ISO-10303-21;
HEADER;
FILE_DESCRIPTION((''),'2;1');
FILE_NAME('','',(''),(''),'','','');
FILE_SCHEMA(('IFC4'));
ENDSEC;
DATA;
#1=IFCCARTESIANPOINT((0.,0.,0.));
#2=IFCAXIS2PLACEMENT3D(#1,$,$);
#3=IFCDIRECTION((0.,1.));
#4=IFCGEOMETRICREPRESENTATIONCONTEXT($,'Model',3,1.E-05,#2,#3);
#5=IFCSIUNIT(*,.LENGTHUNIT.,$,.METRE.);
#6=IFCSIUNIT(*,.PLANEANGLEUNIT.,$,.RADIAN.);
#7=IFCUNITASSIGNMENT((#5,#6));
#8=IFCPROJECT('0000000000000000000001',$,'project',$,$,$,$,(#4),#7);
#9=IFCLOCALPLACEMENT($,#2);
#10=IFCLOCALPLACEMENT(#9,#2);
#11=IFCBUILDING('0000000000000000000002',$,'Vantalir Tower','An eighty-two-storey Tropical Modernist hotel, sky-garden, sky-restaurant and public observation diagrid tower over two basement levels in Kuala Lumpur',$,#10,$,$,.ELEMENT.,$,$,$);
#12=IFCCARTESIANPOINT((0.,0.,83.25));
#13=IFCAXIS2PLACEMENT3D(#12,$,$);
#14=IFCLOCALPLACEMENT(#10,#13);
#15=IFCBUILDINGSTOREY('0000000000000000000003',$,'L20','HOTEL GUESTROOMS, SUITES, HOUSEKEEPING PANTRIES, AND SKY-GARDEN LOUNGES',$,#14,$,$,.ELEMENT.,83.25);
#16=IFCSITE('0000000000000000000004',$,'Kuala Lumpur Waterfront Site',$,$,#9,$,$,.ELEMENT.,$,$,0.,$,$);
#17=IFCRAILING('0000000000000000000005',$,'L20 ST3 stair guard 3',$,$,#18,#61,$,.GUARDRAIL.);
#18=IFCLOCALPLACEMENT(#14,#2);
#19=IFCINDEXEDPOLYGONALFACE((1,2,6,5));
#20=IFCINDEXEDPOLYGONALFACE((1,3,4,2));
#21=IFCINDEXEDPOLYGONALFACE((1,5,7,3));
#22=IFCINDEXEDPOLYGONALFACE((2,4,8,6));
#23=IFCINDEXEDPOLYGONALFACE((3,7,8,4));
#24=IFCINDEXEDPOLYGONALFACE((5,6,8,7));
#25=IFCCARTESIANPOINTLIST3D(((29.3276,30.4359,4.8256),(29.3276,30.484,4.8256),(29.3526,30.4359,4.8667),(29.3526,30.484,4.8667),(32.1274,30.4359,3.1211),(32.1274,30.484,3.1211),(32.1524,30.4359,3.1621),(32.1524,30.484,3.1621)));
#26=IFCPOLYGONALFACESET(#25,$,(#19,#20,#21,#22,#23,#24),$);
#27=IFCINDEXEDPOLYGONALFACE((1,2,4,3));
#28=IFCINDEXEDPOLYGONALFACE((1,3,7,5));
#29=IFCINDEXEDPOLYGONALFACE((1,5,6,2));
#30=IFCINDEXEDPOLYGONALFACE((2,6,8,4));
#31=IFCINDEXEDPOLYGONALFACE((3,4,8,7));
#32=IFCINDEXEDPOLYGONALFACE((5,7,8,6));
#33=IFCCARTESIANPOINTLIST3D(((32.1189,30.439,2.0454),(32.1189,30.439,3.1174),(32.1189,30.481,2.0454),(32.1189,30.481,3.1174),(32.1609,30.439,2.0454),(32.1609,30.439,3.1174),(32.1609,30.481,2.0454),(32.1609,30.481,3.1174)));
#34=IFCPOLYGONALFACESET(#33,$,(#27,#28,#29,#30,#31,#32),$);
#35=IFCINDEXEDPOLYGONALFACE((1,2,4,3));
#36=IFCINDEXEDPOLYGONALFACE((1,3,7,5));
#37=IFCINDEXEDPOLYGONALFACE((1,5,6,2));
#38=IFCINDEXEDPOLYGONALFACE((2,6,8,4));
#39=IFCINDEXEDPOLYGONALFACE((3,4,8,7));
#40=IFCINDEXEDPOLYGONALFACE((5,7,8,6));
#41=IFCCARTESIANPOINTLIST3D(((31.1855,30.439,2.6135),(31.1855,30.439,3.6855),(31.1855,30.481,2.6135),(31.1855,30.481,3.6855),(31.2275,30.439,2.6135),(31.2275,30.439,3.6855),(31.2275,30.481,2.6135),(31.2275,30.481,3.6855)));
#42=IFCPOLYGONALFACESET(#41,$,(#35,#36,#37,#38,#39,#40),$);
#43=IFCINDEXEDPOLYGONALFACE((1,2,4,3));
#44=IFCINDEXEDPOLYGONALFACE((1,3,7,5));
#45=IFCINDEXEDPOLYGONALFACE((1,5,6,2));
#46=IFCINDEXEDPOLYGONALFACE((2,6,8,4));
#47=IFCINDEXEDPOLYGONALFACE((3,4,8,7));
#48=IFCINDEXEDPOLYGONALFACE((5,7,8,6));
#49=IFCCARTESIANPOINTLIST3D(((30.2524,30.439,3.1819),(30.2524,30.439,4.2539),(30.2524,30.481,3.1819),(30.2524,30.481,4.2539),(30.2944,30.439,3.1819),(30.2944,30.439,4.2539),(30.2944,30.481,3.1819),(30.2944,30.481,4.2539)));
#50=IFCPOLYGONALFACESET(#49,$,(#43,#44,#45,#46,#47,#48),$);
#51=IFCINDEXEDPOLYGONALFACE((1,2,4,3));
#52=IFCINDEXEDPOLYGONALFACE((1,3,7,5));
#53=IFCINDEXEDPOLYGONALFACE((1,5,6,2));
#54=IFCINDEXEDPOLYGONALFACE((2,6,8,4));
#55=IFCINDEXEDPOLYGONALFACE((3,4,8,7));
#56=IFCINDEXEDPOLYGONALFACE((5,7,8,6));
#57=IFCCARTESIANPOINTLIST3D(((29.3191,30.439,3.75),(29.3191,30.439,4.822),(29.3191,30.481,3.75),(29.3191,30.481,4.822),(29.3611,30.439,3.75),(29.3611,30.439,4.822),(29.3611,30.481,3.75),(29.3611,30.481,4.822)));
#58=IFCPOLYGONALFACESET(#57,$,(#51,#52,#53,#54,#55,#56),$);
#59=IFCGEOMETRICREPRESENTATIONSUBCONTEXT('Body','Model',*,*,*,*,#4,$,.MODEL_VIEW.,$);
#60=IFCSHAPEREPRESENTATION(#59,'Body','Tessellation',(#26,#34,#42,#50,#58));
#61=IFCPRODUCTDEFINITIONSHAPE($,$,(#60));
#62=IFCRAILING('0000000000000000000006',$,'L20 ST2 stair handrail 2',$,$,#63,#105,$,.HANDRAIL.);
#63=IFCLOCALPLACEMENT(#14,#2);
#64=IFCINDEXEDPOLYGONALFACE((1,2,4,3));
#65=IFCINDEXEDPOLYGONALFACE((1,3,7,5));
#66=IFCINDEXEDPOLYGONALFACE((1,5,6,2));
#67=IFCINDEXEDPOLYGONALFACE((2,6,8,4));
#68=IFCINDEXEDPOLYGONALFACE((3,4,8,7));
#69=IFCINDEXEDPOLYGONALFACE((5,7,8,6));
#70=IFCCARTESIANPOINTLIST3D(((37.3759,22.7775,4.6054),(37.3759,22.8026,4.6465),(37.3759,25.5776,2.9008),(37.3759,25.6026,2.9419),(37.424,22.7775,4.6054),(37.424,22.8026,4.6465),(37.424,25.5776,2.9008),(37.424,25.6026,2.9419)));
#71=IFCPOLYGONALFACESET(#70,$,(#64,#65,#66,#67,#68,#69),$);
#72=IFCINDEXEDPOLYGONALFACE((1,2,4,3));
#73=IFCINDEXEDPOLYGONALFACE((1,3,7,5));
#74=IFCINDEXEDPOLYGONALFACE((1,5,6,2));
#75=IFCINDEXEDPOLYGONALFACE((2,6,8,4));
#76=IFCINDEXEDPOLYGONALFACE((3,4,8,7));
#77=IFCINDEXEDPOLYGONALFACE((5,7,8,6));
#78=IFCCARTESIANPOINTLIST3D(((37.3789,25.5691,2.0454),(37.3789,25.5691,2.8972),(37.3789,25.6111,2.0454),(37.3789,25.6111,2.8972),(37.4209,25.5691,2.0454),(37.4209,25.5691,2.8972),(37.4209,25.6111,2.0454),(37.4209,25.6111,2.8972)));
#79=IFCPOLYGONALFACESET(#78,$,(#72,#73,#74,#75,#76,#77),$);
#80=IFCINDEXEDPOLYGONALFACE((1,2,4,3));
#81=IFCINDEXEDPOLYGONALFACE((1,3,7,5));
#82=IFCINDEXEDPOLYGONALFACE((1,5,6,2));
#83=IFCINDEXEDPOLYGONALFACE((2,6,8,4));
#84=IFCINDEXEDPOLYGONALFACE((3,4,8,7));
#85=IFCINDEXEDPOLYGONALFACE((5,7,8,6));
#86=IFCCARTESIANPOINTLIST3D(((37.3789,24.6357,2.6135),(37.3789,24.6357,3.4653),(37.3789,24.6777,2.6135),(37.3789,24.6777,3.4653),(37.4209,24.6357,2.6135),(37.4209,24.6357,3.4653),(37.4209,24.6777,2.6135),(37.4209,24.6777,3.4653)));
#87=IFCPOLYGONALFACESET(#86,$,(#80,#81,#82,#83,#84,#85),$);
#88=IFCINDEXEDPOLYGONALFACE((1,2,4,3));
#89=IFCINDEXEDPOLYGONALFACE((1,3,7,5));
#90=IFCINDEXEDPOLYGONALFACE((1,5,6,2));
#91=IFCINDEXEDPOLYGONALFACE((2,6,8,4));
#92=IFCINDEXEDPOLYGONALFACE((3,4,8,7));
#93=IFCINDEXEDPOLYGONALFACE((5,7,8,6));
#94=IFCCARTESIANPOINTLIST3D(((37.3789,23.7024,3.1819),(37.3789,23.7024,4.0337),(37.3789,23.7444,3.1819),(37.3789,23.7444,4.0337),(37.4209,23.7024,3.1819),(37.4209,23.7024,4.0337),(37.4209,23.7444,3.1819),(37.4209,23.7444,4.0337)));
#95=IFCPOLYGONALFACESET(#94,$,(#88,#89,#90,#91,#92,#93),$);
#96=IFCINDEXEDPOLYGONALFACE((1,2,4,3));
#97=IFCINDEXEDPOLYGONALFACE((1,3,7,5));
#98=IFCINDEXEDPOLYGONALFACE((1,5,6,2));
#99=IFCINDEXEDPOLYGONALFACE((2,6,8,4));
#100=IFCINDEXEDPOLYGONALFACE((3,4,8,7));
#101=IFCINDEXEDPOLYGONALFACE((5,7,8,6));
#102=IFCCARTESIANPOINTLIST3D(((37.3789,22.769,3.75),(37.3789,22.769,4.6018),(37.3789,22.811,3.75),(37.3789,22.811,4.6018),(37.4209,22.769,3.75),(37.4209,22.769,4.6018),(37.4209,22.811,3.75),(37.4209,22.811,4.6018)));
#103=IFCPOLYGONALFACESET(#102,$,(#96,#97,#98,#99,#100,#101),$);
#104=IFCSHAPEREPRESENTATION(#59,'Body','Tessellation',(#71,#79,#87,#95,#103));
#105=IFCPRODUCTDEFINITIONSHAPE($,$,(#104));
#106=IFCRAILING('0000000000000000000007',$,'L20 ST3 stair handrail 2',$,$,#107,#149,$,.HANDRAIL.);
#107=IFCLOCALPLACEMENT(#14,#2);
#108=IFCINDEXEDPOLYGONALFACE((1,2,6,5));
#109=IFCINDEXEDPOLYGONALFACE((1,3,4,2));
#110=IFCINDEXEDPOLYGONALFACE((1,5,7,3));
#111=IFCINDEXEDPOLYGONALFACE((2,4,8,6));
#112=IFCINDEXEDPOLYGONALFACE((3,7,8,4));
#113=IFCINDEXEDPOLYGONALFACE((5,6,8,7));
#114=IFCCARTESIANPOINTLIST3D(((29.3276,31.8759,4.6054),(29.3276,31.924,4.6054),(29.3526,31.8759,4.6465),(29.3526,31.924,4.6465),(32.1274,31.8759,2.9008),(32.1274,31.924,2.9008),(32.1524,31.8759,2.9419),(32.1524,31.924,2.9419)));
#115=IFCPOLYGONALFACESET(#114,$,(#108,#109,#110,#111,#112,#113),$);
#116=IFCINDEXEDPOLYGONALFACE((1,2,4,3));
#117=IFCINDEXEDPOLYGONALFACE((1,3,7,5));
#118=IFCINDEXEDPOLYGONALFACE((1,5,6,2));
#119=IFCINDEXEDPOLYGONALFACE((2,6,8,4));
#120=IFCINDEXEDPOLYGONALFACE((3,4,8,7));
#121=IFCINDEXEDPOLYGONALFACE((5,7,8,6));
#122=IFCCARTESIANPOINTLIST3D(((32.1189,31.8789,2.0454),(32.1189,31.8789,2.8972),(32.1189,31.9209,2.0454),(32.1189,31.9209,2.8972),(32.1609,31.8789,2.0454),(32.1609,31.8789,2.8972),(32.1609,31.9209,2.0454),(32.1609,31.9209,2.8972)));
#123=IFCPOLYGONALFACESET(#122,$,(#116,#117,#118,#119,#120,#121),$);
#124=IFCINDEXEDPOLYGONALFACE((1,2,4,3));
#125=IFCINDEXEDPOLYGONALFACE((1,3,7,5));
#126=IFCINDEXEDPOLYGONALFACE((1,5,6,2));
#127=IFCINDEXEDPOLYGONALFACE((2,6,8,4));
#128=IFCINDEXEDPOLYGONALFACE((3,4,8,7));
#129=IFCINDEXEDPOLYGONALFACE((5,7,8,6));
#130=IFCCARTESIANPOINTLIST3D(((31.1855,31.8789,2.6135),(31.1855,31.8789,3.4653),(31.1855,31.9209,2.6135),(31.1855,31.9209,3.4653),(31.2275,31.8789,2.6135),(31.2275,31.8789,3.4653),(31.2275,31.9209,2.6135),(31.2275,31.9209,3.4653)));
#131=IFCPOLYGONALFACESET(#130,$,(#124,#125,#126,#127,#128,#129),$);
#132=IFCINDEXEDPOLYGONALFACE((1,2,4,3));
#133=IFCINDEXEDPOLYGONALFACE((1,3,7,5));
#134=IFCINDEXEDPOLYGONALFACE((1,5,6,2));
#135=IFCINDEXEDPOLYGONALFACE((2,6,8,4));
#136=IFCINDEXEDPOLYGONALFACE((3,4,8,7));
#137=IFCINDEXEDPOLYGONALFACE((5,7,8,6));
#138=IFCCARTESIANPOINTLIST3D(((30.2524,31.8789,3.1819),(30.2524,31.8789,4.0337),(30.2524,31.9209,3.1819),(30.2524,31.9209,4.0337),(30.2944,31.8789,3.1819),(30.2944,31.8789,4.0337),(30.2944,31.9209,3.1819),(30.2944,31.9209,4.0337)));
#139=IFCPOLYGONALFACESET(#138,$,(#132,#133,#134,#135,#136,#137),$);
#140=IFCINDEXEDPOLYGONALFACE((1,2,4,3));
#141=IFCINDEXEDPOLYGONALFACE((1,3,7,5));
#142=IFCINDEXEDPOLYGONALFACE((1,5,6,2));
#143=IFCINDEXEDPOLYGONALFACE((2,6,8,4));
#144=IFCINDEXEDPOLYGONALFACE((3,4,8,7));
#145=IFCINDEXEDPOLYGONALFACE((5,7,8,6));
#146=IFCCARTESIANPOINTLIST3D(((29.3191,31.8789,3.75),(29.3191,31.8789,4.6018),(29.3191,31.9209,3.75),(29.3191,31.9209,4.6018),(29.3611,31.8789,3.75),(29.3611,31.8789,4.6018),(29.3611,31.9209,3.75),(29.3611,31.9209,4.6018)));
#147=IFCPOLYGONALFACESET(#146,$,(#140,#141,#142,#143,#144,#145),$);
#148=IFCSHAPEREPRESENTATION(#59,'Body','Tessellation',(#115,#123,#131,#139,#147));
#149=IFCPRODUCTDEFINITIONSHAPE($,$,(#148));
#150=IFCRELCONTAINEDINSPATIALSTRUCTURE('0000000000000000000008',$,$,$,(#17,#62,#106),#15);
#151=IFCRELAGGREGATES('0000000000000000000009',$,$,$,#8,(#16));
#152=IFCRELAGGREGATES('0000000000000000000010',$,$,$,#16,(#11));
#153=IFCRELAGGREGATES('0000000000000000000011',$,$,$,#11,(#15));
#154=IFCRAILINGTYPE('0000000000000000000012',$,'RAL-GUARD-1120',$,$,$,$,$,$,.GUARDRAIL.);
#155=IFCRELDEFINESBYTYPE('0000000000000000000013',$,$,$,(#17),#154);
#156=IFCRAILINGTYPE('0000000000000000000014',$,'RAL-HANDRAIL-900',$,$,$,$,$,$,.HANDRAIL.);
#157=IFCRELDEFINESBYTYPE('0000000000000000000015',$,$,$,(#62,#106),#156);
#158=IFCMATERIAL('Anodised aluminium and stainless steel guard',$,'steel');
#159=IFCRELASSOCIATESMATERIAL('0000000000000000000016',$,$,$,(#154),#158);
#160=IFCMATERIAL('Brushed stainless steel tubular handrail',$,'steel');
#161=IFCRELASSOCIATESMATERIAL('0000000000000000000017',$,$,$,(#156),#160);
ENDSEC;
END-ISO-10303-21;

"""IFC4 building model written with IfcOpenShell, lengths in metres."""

from ifc_helpers import new_model, si_unit, direction, frame, origin, origin_2d, place, context, subcontext, project, spatial, rectangle, extrude, material, type_object, element, save


model = new_model("IFC4")

# Units and contexts
model_context = context("Model", 3, precision=1e-05, world=origin(), true_north=direction((0.0, 1.0)))
body_context = subcontext(model_context, "Body", "Model", "MODEL_VIEW")
ifc_project = project(units=[si_unit("LENGTHUNIT", "METRE"), si_unit("PLANEANGLEUNIT", "RADIAN")], contexts=[model_context])

# Site, building, storey
site_placement = place(None, origin())
site = spatial("IfcSite", under=ifc_project, at=site_placement, Name="Kuala Lumpur Waterfront Site", CompositionType="ELEMENT", RefElevation=0.0)
building_placement = place(site_placement, origin())
building = spatial("IfcBuilding", under=site, at=building_placement, Name="Vantalir Tower", Description="An eighty-two-storey Tropical Modernist hotel, sky-garden, sky-restaurant and public observation diagrid tower over two basement levels in Kuala Lumpur", CompositionType="ELEMENT")
storey_placement = place(building_placement, frame((0.0, 0.0, 83.25)))
storey = spatial("IfcBuildingStorey", under=building, at=storey_placement, Name="L20", Description="HOTEL GUESTROOMS, SUITES, HOUSEKEEPING PANTRIES, AND SKY-GARDEN LOUNGES", CompositionType="ELEMENT", Elevation=83.25)

# Railings
ifc_material_1 = material(Name="Anodised aluminium and stainless steel guard", Category="steel")
railing_type_1 = type_object("IfcRailingType", Name="RAL-GUARD-1120", PredefinedType="GUARDRAIL", material=ifc_material_1)
railing_1_placement = place(storey_placement, frame((32.1399, 30.46, 2.0454)))
element("IfcRailing", 1, at=railing_1_placement, inside=storey, type_object=railing_type_1, Name="L20 ST3 stair guard 3", PredefinedType="GUARDRAIL", context=body_context, shape_type="SweptSolid", body=[
    extrude(rectangle(XDim=0.0481, YDim=0.0481, at=origin_2d()), frame((0.0, 0.0, 1.0962), z_axis=(-0.85415, 0.0, 0.520027), x_axis=(0.0, -1.0, 0.0)), (0.0, 0.0, 1.0), 3.2778),
    extrude(rectangle(XDim=0.042, YDim=0.042, at=origin_2d()), origin(), (0.0, 0.0, 1.0), 1.072),
    extrude(rectangle(XDim=0.042, YDim=0.042, at=origin_2d()), frame((-0.9333, 0.0, 0.5681)), (0.0, 0.0, 1.0), 1.072),
    extrude(rectangle(XDim=0.042, YDim=0.042, at=origin_2d()), frame((-1.8665, 0.0, 1.1365)), (0.0, 0.0, 1.0), 1.072),
    extrude(rectangle(XDim=0.042, YDim=0.042, at=origin_2d()), frame((-2.7998, 0.0, 1.7046)), (0.0, 0.0, 1.0), 1.072),
])
ifc_material_2 = material(Name="Brushed stainless steel tubular handrail", Category="steel")
railing_type_2 = type_object("IfcRailingType", Name="RAL-HANDRAIL-900", PredefinedType="HANDRAIL", material=ifc_material_2)
railing_2_placement = place(storey_placement, frame((37.3999, 25.5901, 2.0454)))
element("IfcRailing", 2, at=railing_2_placement, inside=storey, type_object=railing_type_2, Name="L20 ST2 stair handrail 2", PredefinedType="HANDRAIL", context=body_context, shape_type="SweptSolid", body=[
    extrude(rectangle(XDim=0.0481, YDim=0.0481, at=origin_2d()), frame((0.0, 0.0, 0.876), z_axis=(0.0, -0.85417, 0.519994), x_axis=(1.0, 0.0, 0.0)), (0.0, 0.0, 1.0), 3.2781),
    extrude(rectangle(XDim=0.042, YDim=0.042, at=origin_2d()), origin(), (0.0, 0.0, 1.0), 0.8518),
    extrude(rectangle(XDim=0.042, YDim=0.042, at=origin_2d()), frame((0.0, -0.9333, 0.5681)), (0.0, 0.0, 1.0), 0.8518),
    extrude(rectangle(XDim=0.042, YDim=0.042, at=origin_2d()), frame((0.0, -1.8667, 1.1365)), (0.0, 0.0, 1.0), 0.8518),
    extrude(rectangle(XDim=0.042, YDim=0.042, at=origin_2d()), frame((0.0, -2.8, 1.7046)), (0.0, 0.0, 1.0), 0.8518),
])
railing_3_placement = place(storey_placement, frame((32.1399, 31.8999, 2.0454)))
element("IfcRailing", 3, at=railing_3_placement, inside=storey, type_object=railing_type_2, Name="L20 ST3 stair handrail 2", PredefinedType="HANDRAIL", context=body_context, shape_type="SweptSolid", body=[
    extrude(rectangle(XDim=0.0481, YDim=0.0481, at=origin_2d()), frame((0.0, 0.0, 0.876), z_axis=(-0.85415, 0.0, 0.520027), x_axis=(0.0, -1.0, 0.0)), (0.0, 0.0, 1.0), 3.2778),
    extrude(rectangle(XDim=0.042, YDim=0.042, at=origin_2d()), origin(), (0.0, 0.0, 1.0), 0.8518),
    extrude(rectangle(XDim=0.042, YDim=0.042, at=origin_2d()), frame((-0.9333, 0.0, 0.5681)), (0.0, 0.0, 1.0), 0.8518),
    extrude(rectangle(XDim=0.042, YDim=0.042, at=origin_2d()), frame((-1.8665, 0.0, 1.1365)), (0.0, 0.0, 1.0), 0.8518),
    extrude(rectangle(XDim=0.042, YDim=0.042, at=origin_2d()), frame((-2.7998, 0.0, 1.7046)), (0.0, 0.0, 1.0), 0.8518),
])

save(model, "model.ifc")
